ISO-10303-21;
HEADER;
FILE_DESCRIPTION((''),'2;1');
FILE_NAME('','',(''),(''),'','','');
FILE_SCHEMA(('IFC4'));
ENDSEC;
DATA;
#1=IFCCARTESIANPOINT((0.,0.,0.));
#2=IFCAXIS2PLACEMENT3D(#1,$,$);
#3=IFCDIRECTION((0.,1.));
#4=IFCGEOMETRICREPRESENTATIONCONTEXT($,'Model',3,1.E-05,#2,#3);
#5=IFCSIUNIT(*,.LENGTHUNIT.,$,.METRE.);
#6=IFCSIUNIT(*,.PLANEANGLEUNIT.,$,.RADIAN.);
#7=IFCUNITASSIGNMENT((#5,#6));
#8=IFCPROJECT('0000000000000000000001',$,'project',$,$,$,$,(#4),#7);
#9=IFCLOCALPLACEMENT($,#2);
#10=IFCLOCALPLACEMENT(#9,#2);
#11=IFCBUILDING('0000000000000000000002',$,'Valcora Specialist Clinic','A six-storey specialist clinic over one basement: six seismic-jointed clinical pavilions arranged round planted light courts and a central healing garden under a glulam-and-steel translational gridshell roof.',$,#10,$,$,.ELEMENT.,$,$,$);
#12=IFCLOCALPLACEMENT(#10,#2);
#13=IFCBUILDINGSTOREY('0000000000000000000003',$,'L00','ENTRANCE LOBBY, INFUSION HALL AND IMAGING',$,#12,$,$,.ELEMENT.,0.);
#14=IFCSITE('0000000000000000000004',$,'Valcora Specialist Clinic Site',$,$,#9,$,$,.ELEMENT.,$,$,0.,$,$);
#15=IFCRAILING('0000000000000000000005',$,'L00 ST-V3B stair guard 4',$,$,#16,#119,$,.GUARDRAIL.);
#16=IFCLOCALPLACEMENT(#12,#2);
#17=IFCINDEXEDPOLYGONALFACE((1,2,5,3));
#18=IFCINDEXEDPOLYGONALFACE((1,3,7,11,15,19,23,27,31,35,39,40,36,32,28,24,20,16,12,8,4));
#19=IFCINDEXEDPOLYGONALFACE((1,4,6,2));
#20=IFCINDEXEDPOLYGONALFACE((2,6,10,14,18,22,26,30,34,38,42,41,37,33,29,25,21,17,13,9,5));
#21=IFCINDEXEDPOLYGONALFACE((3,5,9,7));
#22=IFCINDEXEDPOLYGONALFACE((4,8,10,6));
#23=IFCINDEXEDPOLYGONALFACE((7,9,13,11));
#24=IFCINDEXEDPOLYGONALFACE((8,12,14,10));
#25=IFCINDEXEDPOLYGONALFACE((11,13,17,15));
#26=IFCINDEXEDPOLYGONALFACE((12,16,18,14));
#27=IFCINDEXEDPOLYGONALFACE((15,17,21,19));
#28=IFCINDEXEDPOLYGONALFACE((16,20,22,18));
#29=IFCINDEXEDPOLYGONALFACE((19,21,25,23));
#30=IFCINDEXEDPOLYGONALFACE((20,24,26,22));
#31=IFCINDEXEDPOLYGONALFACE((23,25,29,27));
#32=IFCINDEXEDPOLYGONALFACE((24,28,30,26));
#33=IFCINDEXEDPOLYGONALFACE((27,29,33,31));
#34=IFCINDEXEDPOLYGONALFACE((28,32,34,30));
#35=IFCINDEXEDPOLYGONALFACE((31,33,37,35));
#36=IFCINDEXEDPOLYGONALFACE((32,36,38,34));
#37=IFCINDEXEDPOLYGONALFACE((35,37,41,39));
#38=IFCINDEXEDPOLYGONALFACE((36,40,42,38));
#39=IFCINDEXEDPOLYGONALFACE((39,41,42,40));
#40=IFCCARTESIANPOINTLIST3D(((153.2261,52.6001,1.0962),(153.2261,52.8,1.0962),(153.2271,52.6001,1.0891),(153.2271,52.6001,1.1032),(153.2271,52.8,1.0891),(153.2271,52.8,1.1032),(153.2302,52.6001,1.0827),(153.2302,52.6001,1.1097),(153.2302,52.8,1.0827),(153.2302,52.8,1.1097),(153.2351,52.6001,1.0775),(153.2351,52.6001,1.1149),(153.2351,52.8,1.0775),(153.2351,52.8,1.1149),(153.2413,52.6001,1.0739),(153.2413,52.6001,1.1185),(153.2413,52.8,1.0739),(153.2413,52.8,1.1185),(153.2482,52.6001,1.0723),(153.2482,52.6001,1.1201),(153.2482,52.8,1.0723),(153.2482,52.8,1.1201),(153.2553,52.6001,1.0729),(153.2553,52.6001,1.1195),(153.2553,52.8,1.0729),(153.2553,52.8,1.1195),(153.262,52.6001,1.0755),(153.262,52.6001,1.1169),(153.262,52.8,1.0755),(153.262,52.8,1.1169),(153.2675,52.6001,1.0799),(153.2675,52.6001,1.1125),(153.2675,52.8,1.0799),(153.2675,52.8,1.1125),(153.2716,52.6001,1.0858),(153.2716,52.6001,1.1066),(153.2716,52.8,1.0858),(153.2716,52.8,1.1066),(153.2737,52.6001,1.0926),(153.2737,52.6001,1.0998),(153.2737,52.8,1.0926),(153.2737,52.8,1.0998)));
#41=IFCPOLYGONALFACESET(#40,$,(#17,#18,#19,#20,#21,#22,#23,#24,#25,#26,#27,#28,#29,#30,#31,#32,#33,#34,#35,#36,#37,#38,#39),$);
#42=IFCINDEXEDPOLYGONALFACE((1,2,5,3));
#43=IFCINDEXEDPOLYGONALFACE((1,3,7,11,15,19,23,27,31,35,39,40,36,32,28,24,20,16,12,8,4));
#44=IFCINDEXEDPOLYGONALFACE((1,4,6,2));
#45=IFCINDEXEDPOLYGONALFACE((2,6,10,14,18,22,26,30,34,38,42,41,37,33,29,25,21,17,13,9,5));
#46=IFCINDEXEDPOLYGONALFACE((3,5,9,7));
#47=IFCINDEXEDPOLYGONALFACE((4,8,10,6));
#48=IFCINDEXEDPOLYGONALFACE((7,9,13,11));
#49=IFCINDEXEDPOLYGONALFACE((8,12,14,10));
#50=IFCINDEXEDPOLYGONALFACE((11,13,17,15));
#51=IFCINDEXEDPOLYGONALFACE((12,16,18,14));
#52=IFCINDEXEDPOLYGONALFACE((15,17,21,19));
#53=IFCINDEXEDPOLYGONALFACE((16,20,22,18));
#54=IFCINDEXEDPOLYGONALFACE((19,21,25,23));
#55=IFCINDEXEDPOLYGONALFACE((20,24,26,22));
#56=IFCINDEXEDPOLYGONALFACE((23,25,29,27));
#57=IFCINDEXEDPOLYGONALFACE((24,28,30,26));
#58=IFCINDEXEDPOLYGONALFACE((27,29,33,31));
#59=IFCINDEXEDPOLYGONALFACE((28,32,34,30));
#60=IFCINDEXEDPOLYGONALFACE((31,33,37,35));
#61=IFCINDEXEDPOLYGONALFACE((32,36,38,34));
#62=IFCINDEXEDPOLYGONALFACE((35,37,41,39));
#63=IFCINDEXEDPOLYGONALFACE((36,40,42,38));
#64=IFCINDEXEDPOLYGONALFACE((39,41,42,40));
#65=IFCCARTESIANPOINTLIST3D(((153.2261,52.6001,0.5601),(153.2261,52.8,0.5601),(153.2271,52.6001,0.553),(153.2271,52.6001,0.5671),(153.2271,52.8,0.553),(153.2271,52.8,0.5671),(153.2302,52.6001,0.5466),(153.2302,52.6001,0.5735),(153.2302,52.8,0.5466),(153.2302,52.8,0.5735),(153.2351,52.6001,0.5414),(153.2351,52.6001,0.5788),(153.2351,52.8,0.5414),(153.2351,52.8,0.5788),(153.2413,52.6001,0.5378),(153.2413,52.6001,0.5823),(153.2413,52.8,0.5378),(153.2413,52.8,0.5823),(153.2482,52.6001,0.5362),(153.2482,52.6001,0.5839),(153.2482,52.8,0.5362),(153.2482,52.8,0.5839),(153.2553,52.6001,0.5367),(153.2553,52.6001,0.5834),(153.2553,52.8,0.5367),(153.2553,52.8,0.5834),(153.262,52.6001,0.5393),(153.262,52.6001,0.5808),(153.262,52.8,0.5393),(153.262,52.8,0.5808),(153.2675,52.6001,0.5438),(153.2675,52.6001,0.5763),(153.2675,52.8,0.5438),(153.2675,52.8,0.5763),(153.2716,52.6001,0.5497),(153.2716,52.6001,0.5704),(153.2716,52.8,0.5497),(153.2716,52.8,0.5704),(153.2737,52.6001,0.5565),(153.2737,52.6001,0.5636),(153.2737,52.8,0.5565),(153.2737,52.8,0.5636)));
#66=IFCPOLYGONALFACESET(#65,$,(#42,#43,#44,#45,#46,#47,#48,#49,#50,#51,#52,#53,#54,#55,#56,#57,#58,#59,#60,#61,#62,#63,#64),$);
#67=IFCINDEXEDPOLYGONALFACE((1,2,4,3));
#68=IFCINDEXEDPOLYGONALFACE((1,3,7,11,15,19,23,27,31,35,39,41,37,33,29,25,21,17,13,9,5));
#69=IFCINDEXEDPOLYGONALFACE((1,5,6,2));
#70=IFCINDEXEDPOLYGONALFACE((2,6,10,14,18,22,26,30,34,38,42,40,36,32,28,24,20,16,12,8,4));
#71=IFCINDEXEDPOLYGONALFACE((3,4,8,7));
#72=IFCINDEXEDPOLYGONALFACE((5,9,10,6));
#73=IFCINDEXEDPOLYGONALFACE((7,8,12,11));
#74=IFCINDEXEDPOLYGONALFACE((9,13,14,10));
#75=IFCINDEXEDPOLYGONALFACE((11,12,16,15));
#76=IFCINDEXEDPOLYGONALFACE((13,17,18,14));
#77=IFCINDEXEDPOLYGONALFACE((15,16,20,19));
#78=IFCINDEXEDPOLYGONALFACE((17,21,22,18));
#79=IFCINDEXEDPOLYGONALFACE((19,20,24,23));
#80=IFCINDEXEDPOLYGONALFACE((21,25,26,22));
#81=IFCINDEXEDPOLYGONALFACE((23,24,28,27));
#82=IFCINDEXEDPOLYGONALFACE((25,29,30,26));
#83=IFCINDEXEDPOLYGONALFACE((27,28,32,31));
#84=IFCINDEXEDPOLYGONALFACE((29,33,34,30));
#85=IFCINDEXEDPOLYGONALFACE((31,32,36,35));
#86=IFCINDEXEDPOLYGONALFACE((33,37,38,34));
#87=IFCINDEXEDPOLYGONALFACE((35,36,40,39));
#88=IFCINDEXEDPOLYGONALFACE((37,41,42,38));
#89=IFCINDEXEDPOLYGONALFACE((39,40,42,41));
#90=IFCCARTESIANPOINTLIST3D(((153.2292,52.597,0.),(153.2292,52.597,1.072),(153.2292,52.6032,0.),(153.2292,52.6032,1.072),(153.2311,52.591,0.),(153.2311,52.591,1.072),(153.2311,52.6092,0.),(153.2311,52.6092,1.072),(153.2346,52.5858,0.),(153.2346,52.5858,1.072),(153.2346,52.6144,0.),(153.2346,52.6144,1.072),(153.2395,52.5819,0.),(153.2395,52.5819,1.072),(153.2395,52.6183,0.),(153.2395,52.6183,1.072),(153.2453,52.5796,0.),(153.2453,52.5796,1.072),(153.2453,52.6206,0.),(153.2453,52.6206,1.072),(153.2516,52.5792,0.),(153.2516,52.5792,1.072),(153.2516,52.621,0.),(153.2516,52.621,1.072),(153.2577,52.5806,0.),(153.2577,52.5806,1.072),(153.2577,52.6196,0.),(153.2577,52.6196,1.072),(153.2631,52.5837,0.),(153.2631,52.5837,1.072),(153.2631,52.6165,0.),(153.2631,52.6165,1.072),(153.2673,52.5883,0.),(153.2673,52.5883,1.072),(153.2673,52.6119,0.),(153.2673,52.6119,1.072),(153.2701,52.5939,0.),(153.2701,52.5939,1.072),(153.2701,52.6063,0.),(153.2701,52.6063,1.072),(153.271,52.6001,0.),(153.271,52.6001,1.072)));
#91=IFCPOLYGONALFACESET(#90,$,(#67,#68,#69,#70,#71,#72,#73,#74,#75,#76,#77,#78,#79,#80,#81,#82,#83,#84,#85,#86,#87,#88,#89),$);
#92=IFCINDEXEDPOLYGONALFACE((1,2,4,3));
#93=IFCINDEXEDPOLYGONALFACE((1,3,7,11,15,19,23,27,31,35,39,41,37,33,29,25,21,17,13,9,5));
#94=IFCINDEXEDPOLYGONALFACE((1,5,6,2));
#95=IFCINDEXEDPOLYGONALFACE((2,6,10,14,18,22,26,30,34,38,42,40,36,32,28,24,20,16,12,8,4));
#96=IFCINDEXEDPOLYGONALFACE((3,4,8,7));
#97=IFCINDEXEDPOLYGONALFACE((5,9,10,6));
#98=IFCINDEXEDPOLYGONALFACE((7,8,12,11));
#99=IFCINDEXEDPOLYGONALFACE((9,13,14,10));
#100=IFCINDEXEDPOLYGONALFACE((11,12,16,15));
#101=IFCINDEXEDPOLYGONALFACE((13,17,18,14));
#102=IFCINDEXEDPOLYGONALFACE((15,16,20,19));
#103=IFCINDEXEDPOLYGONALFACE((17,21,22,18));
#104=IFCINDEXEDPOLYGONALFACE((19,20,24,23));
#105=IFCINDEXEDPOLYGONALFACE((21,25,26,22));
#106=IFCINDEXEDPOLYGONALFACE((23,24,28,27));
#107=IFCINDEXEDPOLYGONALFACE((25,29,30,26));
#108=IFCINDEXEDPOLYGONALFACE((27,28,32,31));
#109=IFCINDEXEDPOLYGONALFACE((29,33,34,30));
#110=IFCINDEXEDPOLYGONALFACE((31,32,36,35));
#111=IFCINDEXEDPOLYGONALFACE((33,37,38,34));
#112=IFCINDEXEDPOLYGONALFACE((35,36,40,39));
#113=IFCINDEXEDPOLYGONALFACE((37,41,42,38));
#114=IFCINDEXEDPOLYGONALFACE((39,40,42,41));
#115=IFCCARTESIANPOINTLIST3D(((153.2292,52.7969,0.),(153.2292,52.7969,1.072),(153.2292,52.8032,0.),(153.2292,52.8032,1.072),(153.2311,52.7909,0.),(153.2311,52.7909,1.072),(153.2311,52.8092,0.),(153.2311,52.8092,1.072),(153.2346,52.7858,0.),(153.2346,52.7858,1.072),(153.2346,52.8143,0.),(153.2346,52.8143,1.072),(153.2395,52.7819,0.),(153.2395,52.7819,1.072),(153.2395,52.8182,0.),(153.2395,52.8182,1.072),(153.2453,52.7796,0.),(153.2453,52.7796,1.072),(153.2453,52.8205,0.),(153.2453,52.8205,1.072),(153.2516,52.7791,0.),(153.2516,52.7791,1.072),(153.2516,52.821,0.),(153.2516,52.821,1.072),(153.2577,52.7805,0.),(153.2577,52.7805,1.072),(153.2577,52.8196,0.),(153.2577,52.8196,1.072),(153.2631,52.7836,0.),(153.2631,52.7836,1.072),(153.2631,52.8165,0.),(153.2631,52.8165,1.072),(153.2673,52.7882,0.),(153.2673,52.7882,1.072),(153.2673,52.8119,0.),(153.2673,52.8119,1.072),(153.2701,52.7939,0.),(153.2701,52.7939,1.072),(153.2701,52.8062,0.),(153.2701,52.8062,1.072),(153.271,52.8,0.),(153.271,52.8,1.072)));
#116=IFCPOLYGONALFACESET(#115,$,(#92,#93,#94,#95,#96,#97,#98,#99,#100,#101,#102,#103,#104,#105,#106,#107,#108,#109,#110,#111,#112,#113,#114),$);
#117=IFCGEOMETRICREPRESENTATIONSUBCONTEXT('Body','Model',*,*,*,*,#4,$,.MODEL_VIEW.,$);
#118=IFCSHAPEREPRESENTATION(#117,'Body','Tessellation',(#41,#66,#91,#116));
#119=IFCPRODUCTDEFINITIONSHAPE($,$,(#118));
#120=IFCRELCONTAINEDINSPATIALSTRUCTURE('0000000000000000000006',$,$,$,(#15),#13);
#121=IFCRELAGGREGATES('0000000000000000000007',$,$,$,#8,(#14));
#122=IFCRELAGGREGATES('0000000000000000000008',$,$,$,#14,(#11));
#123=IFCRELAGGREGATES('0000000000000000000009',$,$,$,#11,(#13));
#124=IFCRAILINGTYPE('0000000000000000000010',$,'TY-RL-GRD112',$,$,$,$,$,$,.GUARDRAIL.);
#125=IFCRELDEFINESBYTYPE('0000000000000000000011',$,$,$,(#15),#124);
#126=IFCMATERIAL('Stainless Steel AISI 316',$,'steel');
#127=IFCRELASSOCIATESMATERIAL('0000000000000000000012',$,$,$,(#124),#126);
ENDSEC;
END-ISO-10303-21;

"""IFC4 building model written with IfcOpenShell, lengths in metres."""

from ifc_helpers import new_model, si_unit, direction, frame, origin, origin_2d, place, context, subcontext, project, spatial, circle, extrude, material, type_object, element, save


model = new_model("IFC4")

# Units and contexts
model_context = context("Model", 3, precision=1e-05, world=origin(), true_north=direction((0.0, 1.0)))
body_context = subcontext(model_context, "Body", "Model", "MODEL_VIEW")
ifc_project = project(units=[si_unit("LENGTHUNIT", "METRE"), si_unit("PLANEANGLEUNIT", "RADIAN")], contexts=[model_context])

# Site, building, storey
site_placement = place(None, origin())
site = spatial("IfcSite", under=ifc_project, at=site_placement, Name="Valcora Specialist Clinic Site", CompositionType="ELEMENT", RefElevation=0.0)
building_placement = place(site_placement, origin())
building = spatial("IfcBuilding", under=site, at=building_placement, Name="Valcora Specialist Clinic", Description="A six-storey specialist clinic over one basement: six seismic-jointed clinical pavilions arranged round planted light courts and a central healing garden under a glulam-and-steel translational gridshell roof.", CompositionType="ELEMENT")
storey_placement = place(building_placement, origin())
storey = spatial("IfcBuildingStorey", under=building, at=storey_placement, Name="L00", Description="ENTRANCE LOBBY, INFUSION HALL AND IMAGING", CompositionType="ELEMENT", Elevation=0.0)

# Railing
ifc_material_1 = material(Name="Stainless Steel AISI 316", Category="steel")
railing_type_1 = type_object("IfcRailingType", Name="TY-RL-GRD112", PredefinedType="GUARDRAIL", material=ifc_material_1)
railing_1_placement = place(storey_placement, frame((153.25, 52.6001, 0.0)))
element("IfcRailing", 1, at=railing_1_placement, inside=storey, type_object=railing_type_1, Name="L00 ST-V3B stair guard 4", PredefinedType="GUARDRAIL", context=body_context, shape_type="SweptSolid", body=[
    extrude(circle(Radius=0.0239, at=origin_2d()), frame((0.0, 0.0, 1.0962), z_axis=(0.0, 1.0, 0.0), x_axis=(-1.0, 0.0, 0.0)), (0.0, 0.0, 1.0), 0.2),
    extrude(circle(Radius=0.0239, at=origin_2d()), frame((0.0, 0.0, 0.5601), z_axis=(0.0, 1.0, 0.0), x_axis=(-1.0, 0.0, 0.0)), (0.0, 0.0, 1.0), 0.2),
    extrude(circle(Radius=0.021, at=origin_2d()), origin(), (0.0, 0.0, 1.0), 1.072),
    extrude(circle(Radius=0.021, at=origin_2d()), frame((0.0, 0.2, 0.0)), (0.0, 0.0, 1.0), 1.072),
])

save(model, "model.ifc")
